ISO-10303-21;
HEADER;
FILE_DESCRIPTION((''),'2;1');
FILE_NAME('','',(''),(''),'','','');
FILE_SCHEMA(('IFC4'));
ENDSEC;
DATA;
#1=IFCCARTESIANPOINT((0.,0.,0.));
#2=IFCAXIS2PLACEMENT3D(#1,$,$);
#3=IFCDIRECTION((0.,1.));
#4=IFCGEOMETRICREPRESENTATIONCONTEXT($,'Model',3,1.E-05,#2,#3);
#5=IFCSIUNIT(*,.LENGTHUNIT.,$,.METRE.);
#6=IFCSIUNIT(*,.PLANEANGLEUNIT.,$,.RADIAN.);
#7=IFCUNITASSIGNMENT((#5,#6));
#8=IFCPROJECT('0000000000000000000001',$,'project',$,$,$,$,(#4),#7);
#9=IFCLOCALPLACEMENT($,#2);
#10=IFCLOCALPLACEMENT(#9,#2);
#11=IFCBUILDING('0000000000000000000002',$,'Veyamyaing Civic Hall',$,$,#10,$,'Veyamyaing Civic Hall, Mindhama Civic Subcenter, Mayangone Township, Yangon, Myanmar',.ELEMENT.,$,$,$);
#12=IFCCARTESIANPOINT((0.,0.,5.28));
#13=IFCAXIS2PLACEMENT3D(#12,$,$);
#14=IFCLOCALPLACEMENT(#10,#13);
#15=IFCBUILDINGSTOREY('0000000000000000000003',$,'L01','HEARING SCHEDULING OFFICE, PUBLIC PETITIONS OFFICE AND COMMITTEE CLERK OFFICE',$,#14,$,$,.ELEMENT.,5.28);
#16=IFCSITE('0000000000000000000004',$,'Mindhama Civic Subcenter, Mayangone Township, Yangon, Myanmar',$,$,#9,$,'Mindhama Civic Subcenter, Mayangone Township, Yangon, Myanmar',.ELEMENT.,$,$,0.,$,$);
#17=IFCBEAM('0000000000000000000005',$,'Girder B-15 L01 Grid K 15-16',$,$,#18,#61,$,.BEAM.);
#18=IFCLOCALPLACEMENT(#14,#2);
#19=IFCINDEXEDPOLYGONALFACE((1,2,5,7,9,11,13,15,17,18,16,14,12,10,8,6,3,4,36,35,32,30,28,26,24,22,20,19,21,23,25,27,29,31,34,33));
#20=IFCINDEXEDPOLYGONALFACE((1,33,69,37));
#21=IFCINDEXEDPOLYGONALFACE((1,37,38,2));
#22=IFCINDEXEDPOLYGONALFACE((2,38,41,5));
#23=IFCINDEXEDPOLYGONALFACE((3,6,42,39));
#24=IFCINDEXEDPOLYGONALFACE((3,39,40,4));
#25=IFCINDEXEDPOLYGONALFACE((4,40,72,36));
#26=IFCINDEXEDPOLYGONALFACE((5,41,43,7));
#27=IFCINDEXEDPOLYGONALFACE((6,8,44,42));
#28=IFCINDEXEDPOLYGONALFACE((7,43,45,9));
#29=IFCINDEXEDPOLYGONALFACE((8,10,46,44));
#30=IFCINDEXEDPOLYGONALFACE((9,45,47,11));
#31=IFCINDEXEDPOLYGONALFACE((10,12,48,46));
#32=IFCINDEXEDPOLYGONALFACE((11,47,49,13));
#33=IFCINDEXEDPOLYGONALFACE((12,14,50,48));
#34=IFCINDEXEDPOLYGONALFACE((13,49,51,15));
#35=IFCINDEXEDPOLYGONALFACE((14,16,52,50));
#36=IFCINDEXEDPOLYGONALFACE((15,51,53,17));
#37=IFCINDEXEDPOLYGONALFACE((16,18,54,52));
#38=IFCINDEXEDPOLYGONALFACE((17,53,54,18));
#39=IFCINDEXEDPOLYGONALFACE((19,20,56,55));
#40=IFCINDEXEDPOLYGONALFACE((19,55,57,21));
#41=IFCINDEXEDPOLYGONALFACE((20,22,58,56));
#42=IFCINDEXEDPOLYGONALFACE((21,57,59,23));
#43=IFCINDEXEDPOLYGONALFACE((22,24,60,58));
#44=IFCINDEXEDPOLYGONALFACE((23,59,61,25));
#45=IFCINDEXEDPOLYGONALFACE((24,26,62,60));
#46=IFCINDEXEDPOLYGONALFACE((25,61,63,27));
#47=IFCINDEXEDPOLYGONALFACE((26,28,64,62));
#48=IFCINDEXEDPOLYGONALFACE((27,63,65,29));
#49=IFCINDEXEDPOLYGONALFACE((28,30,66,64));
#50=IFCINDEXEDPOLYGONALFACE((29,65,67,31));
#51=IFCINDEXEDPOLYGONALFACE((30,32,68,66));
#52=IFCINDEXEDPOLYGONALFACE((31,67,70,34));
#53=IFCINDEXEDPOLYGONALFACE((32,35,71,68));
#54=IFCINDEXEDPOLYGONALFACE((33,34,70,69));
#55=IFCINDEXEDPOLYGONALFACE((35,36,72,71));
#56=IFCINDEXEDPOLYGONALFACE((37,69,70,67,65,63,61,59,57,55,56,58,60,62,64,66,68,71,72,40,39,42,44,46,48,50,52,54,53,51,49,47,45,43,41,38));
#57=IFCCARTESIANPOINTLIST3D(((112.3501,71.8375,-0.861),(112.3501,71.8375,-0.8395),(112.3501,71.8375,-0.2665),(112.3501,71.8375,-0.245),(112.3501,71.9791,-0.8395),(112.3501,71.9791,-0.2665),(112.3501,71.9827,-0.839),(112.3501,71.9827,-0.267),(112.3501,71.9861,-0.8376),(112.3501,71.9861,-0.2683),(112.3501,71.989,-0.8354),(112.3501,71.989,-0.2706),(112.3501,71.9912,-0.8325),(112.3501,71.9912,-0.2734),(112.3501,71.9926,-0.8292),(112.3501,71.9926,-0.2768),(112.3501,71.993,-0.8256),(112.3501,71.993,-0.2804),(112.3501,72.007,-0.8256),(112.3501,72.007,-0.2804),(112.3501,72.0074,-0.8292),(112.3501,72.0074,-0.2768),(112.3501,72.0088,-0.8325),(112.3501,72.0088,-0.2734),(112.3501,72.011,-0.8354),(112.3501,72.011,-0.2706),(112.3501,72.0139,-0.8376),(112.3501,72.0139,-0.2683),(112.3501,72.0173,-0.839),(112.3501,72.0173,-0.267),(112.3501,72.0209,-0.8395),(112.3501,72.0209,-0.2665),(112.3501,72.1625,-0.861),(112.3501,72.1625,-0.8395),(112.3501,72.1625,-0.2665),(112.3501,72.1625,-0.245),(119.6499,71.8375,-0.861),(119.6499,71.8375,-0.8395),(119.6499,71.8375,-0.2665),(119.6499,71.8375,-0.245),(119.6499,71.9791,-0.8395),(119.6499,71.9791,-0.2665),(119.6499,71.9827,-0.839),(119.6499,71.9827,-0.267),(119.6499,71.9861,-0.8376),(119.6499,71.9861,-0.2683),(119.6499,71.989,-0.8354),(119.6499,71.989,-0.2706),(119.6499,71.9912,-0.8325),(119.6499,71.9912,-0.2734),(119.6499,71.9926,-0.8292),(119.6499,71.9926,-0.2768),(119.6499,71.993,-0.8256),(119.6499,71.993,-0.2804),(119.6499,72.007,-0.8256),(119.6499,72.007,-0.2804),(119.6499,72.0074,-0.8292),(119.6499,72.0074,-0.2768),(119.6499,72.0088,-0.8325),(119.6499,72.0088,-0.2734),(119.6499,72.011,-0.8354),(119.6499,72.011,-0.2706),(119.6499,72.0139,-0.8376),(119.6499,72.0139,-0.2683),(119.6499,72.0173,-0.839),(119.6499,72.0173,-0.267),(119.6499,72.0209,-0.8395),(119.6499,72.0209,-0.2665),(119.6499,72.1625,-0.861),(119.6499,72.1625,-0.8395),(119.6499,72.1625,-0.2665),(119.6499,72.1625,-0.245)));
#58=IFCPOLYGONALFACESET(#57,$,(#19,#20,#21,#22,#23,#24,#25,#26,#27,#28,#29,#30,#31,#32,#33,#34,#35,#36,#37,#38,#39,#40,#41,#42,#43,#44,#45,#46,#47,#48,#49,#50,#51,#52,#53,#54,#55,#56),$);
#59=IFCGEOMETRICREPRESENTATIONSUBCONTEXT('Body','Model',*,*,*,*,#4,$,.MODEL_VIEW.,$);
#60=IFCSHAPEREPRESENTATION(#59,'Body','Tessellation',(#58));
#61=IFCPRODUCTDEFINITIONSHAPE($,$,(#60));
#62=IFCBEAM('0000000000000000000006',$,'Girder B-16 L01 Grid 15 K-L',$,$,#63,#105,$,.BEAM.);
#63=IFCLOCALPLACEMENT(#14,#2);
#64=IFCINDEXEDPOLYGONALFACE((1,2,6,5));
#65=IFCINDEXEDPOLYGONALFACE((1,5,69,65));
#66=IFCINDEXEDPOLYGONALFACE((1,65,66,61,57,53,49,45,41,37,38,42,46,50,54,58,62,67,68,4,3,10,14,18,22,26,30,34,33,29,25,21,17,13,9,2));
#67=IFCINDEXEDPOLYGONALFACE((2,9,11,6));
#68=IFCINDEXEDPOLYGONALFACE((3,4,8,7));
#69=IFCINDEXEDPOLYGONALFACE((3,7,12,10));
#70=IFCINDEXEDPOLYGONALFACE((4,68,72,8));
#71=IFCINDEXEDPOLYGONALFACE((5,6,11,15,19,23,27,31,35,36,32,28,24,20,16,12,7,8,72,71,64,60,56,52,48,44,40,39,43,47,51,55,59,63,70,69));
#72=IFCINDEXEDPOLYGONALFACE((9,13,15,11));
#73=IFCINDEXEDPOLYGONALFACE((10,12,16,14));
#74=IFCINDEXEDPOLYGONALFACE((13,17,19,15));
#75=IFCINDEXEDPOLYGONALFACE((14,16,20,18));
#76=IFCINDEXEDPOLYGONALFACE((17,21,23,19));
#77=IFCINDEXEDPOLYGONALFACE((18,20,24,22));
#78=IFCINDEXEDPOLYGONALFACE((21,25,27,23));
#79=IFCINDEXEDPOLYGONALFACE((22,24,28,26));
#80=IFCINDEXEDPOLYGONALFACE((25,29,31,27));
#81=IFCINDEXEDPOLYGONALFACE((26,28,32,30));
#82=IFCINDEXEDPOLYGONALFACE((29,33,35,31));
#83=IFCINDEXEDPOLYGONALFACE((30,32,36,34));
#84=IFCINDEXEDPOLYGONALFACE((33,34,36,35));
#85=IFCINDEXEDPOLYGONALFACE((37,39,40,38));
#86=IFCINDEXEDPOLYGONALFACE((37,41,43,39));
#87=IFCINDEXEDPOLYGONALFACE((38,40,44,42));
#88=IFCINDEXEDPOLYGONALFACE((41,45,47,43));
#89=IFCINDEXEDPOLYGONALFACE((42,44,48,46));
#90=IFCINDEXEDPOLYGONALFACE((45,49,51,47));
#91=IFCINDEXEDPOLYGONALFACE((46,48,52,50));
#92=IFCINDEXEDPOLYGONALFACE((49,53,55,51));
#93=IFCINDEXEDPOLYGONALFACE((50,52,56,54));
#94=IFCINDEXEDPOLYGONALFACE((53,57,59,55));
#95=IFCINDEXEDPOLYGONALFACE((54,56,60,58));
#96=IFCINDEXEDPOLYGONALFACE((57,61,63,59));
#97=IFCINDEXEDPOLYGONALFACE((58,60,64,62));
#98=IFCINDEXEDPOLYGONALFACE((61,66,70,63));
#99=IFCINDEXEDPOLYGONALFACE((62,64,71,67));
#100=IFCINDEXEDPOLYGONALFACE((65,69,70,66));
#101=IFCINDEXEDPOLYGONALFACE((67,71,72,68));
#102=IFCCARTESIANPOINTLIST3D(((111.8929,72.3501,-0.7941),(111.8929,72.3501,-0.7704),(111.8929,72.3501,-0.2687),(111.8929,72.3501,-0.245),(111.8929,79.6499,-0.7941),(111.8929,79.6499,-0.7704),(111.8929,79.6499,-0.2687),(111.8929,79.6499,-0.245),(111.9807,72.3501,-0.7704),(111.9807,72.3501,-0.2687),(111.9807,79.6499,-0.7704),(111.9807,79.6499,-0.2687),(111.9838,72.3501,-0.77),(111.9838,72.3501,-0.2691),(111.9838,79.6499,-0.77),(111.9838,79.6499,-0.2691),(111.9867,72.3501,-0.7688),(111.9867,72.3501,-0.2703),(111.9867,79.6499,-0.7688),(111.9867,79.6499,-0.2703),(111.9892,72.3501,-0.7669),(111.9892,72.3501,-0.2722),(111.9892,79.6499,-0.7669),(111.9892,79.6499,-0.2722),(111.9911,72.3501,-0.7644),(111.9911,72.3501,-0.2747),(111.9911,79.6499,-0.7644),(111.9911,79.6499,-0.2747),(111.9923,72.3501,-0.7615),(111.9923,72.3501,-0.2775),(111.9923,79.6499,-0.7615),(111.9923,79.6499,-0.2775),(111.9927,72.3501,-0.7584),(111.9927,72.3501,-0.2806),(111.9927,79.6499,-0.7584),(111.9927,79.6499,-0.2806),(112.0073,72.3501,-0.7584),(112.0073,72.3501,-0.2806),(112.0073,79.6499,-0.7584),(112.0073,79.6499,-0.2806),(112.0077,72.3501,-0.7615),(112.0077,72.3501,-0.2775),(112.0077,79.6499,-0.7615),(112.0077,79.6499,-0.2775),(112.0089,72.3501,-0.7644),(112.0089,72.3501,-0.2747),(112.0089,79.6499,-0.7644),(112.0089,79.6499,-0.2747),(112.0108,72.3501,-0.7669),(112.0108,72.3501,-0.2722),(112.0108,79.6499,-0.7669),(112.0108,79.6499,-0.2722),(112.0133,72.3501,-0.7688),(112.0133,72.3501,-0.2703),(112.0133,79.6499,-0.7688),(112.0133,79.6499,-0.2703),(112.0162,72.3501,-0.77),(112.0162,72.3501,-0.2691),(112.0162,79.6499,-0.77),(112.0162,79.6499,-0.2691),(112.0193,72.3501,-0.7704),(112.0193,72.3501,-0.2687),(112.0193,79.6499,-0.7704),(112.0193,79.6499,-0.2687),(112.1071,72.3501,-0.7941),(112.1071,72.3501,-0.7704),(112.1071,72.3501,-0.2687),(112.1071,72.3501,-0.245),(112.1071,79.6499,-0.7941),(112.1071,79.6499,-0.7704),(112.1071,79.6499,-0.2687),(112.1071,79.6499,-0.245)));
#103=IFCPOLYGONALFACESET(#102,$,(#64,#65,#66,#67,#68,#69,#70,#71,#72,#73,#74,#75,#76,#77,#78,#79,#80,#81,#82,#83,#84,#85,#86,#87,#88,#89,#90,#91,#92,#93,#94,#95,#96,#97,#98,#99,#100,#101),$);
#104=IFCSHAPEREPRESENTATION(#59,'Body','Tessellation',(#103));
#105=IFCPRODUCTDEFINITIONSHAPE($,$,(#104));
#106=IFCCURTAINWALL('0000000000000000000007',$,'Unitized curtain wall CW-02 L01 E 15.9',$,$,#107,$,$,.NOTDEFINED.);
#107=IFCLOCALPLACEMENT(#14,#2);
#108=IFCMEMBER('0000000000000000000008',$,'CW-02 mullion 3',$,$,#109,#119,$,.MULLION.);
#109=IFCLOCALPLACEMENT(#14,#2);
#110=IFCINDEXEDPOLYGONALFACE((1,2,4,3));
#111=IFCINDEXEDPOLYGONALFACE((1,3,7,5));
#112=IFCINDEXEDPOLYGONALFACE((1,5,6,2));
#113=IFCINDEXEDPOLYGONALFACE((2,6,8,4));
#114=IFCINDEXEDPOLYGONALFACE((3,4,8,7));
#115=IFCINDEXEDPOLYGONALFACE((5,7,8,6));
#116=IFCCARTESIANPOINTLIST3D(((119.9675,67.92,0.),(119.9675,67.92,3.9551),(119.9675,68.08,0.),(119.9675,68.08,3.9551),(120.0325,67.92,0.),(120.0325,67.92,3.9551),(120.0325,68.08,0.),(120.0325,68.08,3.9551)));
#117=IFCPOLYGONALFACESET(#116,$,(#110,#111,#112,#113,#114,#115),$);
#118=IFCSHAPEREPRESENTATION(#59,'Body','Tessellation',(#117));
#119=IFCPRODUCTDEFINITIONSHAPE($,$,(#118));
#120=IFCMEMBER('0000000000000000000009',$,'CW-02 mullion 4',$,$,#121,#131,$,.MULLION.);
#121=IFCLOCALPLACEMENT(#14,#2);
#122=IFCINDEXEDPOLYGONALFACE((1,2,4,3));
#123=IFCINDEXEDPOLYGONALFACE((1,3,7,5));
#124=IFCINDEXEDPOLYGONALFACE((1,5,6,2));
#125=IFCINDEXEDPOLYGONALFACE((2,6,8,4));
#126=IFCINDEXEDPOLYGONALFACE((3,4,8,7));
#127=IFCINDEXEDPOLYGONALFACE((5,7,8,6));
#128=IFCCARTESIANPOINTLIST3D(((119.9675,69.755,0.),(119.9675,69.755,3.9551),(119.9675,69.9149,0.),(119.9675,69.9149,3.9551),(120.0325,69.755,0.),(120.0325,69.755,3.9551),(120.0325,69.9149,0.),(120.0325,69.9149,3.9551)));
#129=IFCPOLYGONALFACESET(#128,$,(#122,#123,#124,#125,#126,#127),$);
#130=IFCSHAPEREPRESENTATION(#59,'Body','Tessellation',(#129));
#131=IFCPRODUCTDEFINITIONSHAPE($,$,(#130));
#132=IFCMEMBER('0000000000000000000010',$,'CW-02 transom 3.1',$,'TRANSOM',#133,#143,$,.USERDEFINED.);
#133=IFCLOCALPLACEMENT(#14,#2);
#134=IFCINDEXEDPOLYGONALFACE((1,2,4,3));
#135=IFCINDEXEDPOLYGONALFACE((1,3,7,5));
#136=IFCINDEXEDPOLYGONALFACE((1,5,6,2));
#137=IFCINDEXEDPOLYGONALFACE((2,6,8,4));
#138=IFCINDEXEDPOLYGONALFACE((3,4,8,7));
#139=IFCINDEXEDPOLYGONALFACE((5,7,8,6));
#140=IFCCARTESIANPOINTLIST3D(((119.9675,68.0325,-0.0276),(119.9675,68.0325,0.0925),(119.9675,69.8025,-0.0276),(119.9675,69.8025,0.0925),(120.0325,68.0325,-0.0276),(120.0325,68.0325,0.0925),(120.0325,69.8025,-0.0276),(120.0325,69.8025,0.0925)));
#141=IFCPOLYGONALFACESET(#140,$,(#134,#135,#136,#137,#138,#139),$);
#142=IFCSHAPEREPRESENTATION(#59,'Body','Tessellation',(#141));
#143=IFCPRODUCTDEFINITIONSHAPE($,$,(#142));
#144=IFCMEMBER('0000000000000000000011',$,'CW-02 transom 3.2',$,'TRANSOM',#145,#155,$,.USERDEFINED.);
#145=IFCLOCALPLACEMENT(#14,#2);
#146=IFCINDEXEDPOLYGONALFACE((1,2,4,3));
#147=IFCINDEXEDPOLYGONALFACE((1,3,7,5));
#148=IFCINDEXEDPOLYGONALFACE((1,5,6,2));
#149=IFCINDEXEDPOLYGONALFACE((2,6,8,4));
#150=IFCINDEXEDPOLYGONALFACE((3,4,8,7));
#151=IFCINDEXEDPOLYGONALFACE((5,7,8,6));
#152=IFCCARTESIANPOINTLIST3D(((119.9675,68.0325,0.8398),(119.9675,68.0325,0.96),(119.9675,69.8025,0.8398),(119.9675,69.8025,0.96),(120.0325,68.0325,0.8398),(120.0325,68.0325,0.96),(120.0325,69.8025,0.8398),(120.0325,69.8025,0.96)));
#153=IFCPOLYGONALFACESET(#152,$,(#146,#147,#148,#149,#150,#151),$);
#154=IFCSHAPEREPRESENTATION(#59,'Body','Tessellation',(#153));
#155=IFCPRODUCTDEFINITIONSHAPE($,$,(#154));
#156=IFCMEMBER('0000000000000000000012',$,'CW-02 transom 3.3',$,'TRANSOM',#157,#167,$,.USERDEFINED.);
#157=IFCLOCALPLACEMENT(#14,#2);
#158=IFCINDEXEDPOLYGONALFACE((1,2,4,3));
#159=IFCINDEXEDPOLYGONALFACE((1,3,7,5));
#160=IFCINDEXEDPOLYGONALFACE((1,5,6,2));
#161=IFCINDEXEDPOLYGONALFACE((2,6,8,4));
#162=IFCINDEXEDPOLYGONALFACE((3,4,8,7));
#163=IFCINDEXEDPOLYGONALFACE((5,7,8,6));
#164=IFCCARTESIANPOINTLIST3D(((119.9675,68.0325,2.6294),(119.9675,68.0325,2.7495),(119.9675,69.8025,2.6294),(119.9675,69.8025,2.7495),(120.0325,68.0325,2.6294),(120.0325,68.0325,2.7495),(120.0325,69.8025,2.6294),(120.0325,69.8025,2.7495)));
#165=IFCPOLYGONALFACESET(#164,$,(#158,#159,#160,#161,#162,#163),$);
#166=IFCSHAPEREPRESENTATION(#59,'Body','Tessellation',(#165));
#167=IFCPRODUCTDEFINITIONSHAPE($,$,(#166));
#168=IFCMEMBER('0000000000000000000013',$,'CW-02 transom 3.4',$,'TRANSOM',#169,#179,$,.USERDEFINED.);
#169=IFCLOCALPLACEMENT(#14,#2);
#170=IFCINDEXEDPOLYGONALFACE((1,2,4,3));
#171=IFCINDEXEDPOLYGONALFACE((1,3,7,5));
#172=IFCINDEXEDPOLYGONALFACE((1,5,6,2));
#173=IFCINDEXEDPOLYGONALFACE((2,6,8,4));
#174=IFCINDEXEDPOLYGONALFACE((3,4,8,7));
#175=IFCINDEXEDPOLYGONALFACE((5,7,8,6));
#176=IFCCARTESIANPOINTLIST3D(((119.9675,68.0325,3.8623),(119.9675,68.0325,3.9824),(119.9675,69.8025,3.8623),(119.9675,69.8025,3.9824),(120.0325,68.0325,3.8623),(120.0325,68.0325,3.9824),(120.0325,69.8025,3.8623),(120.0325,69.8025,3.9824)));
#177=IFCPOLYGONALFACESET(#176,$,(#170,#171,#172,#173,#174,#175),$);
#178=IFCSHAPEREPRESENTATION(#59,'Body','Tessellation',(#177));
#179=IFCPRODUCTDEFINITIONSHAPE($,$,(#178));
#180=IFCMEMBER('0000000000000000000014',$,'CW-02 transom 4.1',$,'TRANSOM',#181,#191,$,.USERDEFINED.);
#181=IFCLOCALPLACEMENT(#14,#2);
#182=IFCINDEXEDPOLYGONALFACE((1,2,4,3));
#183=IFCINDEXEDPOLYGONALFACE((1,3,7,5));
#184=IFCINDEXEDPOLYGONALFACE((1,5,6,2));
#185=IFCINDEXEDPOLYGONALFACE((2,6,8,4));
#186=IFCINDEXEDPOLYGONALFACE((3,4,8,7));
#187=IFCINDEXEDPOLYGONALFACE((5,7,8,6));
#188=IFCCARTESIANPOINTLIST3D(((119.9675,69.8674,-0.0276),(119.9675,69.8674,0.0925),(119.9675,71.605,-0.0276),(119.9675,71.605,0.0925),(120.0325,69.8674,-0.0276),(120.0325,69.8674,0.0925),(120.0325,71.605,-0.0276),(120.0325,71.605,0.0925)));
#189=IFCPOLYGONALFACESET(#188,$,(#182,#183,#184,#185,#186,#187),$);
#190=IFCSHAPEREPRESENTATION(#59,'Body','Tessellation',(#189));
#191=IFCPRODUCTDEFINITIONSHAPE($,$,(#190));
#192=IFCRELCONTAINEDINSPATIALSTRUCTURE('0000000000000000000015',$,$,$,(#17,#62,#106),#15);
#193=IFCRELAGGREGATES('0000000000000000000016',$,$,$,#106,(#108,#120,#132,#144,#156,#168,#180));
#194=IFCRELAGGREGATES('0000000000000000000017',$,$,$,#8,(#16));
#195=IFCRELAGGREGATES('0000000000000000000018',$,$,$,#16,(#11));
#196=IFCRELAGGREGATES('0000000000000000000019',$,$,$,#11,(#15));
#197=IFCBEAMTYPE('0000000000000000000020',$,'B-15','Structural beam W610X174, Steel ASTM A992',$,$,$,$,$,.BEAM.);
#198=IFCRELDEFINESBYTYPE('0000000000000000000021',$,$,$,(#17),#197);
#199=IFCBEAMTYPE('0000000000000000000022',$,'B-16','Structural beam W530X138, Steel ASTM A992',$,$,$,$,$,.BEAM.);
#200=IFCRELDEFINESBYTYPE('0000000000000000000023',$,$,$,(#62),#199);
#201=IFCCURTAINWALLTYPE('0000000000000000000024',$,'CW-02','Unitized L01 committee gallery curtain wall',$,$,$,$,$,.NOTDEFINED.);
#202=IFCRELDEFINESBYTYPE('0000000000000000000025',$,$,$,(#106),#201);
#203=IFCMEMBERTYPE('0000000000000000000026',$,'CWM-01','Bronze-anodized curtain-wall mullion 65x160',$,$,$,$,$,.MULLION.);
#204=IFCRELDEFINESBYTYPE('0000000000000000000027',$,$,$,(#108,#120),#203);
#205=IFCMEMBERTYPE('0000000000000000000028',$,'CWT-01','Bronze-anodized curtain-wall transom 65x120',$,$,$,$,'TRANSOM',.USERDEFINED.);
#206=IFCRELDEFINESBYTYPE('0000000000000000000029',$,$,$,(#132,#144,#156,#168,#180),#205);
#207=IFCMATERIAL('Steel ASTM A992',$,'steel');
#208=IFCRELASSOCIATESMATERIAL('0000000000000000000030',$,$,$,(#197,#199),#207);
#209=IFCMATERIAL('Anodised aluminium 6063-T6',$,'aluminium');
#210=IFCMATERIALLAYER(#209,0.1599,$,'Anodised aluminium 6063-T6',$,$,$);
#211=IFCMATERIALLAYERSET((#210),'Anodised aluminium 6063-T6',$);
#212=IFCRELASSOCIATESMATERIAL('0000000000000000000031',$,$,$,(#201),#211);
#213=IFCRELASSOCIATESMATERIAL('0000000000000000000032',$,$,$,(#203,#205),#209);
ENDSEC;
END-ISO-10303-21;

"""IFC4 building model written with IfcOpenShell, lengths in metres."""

from ifc_helpers import new_model, si_unit, direction, frame, origin, origin_2d, place, context, subcontext, project, spatial, rectangle, i_section, extrude, material, layer, layer_set, material_profile, profile_set, type_object, element, aggregate, save


model = new_model("IFC4")

# Units and contexts
model_context = context("Model", 3, precision=1e-05, world=origin(), true_north=direction((0.0, 1.0)))
body_context = subcontext(model_context, "Body", "Model", "MODEL_VIEW")
ifc_project = project(units=[si_unit("LENGTHUNIT", "METRE"), si_unit("PLANEANGLEUNIT", "RADIAN")], contexts=[model_context])

# Site, building, storey
site_placement = place(None, origin())
site = spatial("IfcSite", under=ifc_project, at=site_placement, Name="Mindhama Civic Subcenter, Mayangone Township, Yangon, Myanmar", LongName="Mindhama Civic Subcenter, Mayangone Township, Yangon, Myanmar", CompositionType="ELEMENT", RefElevation=0.0)
building_placement = place(site_placement, origin())
building = spatial("IfcBuilding", under=site, at=building_placement, Name="Veyamyaing Civic Hall", LongName="Veyamyaing Civic Hall, Mindhama Civic Subcenter, Mayangone Township, Yangon, Myanmar", CompositionType="ELEMENT")
storey_placement = place(building_placement, frame((0.0, 0.0, 5.28)))
storey = spatial("IfcBuildingStorey", under=building, at=storey_placement, Name="L01", Description="HEARING SCHEDULING OFFICE, PUBLIC PETITIONS OFFICE AND COMMITTEE CLERK OFFICE", CompositionType="ELEMENT", Elevation=5.28)

# Beams
ifc_material_1 = material(Name="Steel ASTM A992", Category="steel")
ifc_material_profile_1 = material_profile(ifc_material_1, i_section(OverallWidth=0.325, OverallDepth=0.616, WebThickness=0.0139, FlangeThickness=0.0215, FilletRadius=0.0139, at=origin_2d()), Name="W610X174")
ifc_profile_set_1 = profile_set([ifc_material_profile_1], Name="Steel ASTM A992")
beam_type_1 = type_object("IfcBeamType", Name="B-15", Description="Structural beam W610X174, Steel ASTM A992", PredefinedType="BEAM", material=ifc_profile_set_1)
beam_1_placement = place(storey_placement, frame((112.3501, 72.0, -0.553), z_axis=(1.0, 0.0, 0.0), x_axis=(0.0, 1.0, 0.0)))
element("IfcBeam", 1, at=beam_1_placement, inside=storey, type_object=beam_type_1, Name="Girder B-15 L01 Grid K 15-16", PredefinedType="BEAM", context=body_context, shape_type="SweptSolid", body=[
    extrude(i_section(OverallWidth=0.325, OverallDepth=0.616, WebThickness=0.0139, FlangeThickness=0.0215, FilletRadius=0.0139, at=origin_2d()), origin(), (0.0, 0.0, 1.0), 7.2998),
])
ifc_material_profile_2 = material_profile(ifc_material_1, i_section(OverallWidth=0.2141, OverallDepth=0.5491, WebThickness=0.0146, FlangeThickness=0.0237, FilletRadius=0.012, at=origin_2d()), Name="W530X138")
ifc_profile_set_2 = profile_set([ifc_material_profile_2], Name="Steel ASTM A992")
beam_type_2 = type_object("IfcBeamType", Name="B-16", Description="Structural beam W530X138, Steel ASTM A992", PredefinedType="BEAM", material=ifc_profile_set_2)
beam_2_placement = place(storey_placement, frame((112.0, 72.3501, -0.5195), z_axis=(0.0, 1.0, 0.0), x_axis=(-1.0, 0.0, 0.0)))
element("IfcBeam", 2, at=beam_2_placement, inside=storey, type_object=beam_type_2, Name="Girder B-16 L01 Grid 15 K-L", PredefinedType="BEAM", context=body_context, shape_type="SweptSolid", body=[
    extrude(i_section(OverallWidth=0.2141, OverallDepth=0.5491, WebThickness=0.0146, FlangeThickness=0.0237, FilletRadius=0.012, at=origin_2d()), origin(), (0.0, 0.0, 1.0), 7.2998),
])

# Curtain wall, members
ifc_material_2 = material(Name="Anodised aluminium 6063-T6", Category="aluminium")
ifc_layer_1 = layer(ifc_material_2, 0.1599, Name="Anodised aluminium 6063-T6")
ifc_layer_set_1 = layer_set([ifc_layer_1], Name="Anodised aluminium 6063-T6")
curtain_wall_type = type_object("IfcCurtainWallType", Name="CW-02", Description="Unitized L01 committee gallery curtain wall", PredefinedType="NOTDEFINED", material=ifc_layer_set_1)
curtain_wall_placement = place(storey_placement, origin())
curtain_wall = element("IfcCurtainWall", 3, at=curtain_wall_placement, inside=storey, type_object=curtain_wall_type, Name="Unitized curtain wall CW-02 L01 E 15.9", PredefinedType="NOTDEFINED")
ifc_material_profile_3 = material_profile(ifc_material_2, rectangle(XDim=0.0649, YDim=0.1599, at=origin_2d()), Name="ALU-MUL-65X160")
ifc_profile_set_3 = profile_set([ifc_material_profile_3], Name="Anodised aluminium 6063-T6")
member_type_1 = type_object("IfcMemberType", Name="CWM-01", Description="Bronze-anodized curtain-wall mullion 65x160", PredefinedType="MULLION", material=ifc_profile_set_3)
member_1_placement = place(storey_placement, frame((120.0, 68.0, 0.0), z_axis=(0.0, 0.0, 1.0), x_axis=(-1.0, 0.0, 0.0)))
member_1 = element("IfcMember", 4, at=member_1_placement, type_object=member_type_1, Name="CW-02 mullion 3", PredefinedType="MULLION", context=body_context, shape_type="SweptSolid", body=[
    extrude(rectangle(XDim=0.0649, YDim=0.1599, at=origin_2d()), origin(), (0.0, 0.0, 1.0), 3.9551),
])
member_2_placement = place(storey_placement, frame((120.0, 69.835, 0.0), z_axis=(0.0, 0.0, 1.0), x_axis=(-1.0, 0.0, 0.0)))
member_2 = element("IfcMember", 5, at=member_2_placement, type_object=member_type_1, Name="CW-02 mullion 4", PredefinedType="MULLION", context=body_context, shape_type="SweptSolid", body=[
    extrude(rectangle(XDim=0.0649, YDim=0.1599, at=origin_2d()), origin(), (0.0, 0.0, 1.0), 3.9551),
])
ifc_material_profile_4 = material_profile(ifc_material_2, rectangle(XDim=0.0649, YDim=0.1201, at=origin_2d()), Name="ALU-TRN-65X120")
ifc_profile_set_4 = profile_set([ifc_material_profile_4], Name="Anodised aluminium 6063-T6")
member_type_2 = type_object("IfcMemberType", Name="CWT-01", Description="Bronze-anodized curtain-wall transom 65x120", ElementType="TRANSOM", PredefinedType="USERDEFINED", material=ifc_profile_set_4)
member_3_placement = place(storey_placement, frame((120.0, 68.0325, 0.0325), z_axis=(0.0, 1.0, 0.0), x_axis=(-1.0, 0.0, 0.0)))
member_3 = element("IfcMember", 6, at=member_3_placement, type_object=member_type_2, Name="CW-02 transom 3.1", ObjectType="TRANSOM", PredefinedType="USERDEFINED", context=body_context, shape_type="SweptSolid", body=[
    extrude(rectangle(XDim=0.0649, YDim=0.1201, at=origin_2d()), origin(), (0.0, 0.0, 1.0), 1.77),
])
member_4_placement = place(storey_placement, frame((120.0, 68.0325, 0.8999), z_axis=(0.0, 1.0, 0.0), x_axis=(-1.0, 0.0, 0.0)))
member_4 = element("IfcMember", 7, at=member_4_placement, type_object=member_type_2, Name="CW-02 transom 3.2", ObjectType="TRANSOM", PredefinedType="USERDEFINED", context=body_context, shape_type="SweptSolid", body=[
    extrude(rectangle(XDim=0.0649, YDim=0.1201, at=origin_2d()), origin(), (0.0, 0.0, 1.0), 1.77),
])
member_5_placement = place(storey_placement, frame((120.0, 68.0325, 2.6895), z_axis=(0.0, 1.0, 0.0), x_axis=(-1.0, 0.0, 0.0)))
member_5 = element("IfcMember", 8, at=member_5_placement, type_object=member_type_2, Name="CW-02 transom 3.3", ObjectType="TRANSOM", PredefinedType="USERDEFINED", context=body_context, shape_type="SweptSolid", body=[
    extrude(rectangle(XDim=0.0649, YDim=0.1201, at=origin_2d()), origin(), (0.0, 0.0, 1.0), 1.77),
])
member_6_placement = place(storey_placement, frame((120.0, 68.0325, 3.9224), z_axis=(0.0, 1.0, 0.0), x_axis=(-1.0, 0.0, 0.0)))
member_6 = element("IfcMember", 9, at=member_6_placement, type_object=member_type_2, Name="CW-02 transom 3.4", ObjectType="TRANSOM", PredefinedType="USERDEFINED", context=body_context, shape_type="SweptSolid", body=[
    extrude(rectangle(XDim=0.0649, YDim=0.1201, at=origin_2d()), origin(), (0.0, 0.0, 1.0), 1.77),
])
member_7_placement = place(storey_placement, frame((120.0, 69.8674, 0.0325), z_axis=(0.0, 1.0, 0.0), x_axis=(-1.0, 0.0, 0.0)))
member_7 = element("IfcMember", 10, at=member_7_placement, type_object=member_type_2, Name="CW-02 transom 4.1", ObjectType="TRANSOM", PredefinedType="USERDEFINED", context=body_context, shape_type="SweptSolid", body=[
    extrude(rectangle(XDim=0.0649, YDim=0.1201, at=origin_2d()), origin(), (0.0, 0.0, 1.0), 1.7375),
])

aggregate(curtain_wall, [member_1, member_2, member_3, member_4, member_5, member_6, member_7])

save(model, "model.ifc")
